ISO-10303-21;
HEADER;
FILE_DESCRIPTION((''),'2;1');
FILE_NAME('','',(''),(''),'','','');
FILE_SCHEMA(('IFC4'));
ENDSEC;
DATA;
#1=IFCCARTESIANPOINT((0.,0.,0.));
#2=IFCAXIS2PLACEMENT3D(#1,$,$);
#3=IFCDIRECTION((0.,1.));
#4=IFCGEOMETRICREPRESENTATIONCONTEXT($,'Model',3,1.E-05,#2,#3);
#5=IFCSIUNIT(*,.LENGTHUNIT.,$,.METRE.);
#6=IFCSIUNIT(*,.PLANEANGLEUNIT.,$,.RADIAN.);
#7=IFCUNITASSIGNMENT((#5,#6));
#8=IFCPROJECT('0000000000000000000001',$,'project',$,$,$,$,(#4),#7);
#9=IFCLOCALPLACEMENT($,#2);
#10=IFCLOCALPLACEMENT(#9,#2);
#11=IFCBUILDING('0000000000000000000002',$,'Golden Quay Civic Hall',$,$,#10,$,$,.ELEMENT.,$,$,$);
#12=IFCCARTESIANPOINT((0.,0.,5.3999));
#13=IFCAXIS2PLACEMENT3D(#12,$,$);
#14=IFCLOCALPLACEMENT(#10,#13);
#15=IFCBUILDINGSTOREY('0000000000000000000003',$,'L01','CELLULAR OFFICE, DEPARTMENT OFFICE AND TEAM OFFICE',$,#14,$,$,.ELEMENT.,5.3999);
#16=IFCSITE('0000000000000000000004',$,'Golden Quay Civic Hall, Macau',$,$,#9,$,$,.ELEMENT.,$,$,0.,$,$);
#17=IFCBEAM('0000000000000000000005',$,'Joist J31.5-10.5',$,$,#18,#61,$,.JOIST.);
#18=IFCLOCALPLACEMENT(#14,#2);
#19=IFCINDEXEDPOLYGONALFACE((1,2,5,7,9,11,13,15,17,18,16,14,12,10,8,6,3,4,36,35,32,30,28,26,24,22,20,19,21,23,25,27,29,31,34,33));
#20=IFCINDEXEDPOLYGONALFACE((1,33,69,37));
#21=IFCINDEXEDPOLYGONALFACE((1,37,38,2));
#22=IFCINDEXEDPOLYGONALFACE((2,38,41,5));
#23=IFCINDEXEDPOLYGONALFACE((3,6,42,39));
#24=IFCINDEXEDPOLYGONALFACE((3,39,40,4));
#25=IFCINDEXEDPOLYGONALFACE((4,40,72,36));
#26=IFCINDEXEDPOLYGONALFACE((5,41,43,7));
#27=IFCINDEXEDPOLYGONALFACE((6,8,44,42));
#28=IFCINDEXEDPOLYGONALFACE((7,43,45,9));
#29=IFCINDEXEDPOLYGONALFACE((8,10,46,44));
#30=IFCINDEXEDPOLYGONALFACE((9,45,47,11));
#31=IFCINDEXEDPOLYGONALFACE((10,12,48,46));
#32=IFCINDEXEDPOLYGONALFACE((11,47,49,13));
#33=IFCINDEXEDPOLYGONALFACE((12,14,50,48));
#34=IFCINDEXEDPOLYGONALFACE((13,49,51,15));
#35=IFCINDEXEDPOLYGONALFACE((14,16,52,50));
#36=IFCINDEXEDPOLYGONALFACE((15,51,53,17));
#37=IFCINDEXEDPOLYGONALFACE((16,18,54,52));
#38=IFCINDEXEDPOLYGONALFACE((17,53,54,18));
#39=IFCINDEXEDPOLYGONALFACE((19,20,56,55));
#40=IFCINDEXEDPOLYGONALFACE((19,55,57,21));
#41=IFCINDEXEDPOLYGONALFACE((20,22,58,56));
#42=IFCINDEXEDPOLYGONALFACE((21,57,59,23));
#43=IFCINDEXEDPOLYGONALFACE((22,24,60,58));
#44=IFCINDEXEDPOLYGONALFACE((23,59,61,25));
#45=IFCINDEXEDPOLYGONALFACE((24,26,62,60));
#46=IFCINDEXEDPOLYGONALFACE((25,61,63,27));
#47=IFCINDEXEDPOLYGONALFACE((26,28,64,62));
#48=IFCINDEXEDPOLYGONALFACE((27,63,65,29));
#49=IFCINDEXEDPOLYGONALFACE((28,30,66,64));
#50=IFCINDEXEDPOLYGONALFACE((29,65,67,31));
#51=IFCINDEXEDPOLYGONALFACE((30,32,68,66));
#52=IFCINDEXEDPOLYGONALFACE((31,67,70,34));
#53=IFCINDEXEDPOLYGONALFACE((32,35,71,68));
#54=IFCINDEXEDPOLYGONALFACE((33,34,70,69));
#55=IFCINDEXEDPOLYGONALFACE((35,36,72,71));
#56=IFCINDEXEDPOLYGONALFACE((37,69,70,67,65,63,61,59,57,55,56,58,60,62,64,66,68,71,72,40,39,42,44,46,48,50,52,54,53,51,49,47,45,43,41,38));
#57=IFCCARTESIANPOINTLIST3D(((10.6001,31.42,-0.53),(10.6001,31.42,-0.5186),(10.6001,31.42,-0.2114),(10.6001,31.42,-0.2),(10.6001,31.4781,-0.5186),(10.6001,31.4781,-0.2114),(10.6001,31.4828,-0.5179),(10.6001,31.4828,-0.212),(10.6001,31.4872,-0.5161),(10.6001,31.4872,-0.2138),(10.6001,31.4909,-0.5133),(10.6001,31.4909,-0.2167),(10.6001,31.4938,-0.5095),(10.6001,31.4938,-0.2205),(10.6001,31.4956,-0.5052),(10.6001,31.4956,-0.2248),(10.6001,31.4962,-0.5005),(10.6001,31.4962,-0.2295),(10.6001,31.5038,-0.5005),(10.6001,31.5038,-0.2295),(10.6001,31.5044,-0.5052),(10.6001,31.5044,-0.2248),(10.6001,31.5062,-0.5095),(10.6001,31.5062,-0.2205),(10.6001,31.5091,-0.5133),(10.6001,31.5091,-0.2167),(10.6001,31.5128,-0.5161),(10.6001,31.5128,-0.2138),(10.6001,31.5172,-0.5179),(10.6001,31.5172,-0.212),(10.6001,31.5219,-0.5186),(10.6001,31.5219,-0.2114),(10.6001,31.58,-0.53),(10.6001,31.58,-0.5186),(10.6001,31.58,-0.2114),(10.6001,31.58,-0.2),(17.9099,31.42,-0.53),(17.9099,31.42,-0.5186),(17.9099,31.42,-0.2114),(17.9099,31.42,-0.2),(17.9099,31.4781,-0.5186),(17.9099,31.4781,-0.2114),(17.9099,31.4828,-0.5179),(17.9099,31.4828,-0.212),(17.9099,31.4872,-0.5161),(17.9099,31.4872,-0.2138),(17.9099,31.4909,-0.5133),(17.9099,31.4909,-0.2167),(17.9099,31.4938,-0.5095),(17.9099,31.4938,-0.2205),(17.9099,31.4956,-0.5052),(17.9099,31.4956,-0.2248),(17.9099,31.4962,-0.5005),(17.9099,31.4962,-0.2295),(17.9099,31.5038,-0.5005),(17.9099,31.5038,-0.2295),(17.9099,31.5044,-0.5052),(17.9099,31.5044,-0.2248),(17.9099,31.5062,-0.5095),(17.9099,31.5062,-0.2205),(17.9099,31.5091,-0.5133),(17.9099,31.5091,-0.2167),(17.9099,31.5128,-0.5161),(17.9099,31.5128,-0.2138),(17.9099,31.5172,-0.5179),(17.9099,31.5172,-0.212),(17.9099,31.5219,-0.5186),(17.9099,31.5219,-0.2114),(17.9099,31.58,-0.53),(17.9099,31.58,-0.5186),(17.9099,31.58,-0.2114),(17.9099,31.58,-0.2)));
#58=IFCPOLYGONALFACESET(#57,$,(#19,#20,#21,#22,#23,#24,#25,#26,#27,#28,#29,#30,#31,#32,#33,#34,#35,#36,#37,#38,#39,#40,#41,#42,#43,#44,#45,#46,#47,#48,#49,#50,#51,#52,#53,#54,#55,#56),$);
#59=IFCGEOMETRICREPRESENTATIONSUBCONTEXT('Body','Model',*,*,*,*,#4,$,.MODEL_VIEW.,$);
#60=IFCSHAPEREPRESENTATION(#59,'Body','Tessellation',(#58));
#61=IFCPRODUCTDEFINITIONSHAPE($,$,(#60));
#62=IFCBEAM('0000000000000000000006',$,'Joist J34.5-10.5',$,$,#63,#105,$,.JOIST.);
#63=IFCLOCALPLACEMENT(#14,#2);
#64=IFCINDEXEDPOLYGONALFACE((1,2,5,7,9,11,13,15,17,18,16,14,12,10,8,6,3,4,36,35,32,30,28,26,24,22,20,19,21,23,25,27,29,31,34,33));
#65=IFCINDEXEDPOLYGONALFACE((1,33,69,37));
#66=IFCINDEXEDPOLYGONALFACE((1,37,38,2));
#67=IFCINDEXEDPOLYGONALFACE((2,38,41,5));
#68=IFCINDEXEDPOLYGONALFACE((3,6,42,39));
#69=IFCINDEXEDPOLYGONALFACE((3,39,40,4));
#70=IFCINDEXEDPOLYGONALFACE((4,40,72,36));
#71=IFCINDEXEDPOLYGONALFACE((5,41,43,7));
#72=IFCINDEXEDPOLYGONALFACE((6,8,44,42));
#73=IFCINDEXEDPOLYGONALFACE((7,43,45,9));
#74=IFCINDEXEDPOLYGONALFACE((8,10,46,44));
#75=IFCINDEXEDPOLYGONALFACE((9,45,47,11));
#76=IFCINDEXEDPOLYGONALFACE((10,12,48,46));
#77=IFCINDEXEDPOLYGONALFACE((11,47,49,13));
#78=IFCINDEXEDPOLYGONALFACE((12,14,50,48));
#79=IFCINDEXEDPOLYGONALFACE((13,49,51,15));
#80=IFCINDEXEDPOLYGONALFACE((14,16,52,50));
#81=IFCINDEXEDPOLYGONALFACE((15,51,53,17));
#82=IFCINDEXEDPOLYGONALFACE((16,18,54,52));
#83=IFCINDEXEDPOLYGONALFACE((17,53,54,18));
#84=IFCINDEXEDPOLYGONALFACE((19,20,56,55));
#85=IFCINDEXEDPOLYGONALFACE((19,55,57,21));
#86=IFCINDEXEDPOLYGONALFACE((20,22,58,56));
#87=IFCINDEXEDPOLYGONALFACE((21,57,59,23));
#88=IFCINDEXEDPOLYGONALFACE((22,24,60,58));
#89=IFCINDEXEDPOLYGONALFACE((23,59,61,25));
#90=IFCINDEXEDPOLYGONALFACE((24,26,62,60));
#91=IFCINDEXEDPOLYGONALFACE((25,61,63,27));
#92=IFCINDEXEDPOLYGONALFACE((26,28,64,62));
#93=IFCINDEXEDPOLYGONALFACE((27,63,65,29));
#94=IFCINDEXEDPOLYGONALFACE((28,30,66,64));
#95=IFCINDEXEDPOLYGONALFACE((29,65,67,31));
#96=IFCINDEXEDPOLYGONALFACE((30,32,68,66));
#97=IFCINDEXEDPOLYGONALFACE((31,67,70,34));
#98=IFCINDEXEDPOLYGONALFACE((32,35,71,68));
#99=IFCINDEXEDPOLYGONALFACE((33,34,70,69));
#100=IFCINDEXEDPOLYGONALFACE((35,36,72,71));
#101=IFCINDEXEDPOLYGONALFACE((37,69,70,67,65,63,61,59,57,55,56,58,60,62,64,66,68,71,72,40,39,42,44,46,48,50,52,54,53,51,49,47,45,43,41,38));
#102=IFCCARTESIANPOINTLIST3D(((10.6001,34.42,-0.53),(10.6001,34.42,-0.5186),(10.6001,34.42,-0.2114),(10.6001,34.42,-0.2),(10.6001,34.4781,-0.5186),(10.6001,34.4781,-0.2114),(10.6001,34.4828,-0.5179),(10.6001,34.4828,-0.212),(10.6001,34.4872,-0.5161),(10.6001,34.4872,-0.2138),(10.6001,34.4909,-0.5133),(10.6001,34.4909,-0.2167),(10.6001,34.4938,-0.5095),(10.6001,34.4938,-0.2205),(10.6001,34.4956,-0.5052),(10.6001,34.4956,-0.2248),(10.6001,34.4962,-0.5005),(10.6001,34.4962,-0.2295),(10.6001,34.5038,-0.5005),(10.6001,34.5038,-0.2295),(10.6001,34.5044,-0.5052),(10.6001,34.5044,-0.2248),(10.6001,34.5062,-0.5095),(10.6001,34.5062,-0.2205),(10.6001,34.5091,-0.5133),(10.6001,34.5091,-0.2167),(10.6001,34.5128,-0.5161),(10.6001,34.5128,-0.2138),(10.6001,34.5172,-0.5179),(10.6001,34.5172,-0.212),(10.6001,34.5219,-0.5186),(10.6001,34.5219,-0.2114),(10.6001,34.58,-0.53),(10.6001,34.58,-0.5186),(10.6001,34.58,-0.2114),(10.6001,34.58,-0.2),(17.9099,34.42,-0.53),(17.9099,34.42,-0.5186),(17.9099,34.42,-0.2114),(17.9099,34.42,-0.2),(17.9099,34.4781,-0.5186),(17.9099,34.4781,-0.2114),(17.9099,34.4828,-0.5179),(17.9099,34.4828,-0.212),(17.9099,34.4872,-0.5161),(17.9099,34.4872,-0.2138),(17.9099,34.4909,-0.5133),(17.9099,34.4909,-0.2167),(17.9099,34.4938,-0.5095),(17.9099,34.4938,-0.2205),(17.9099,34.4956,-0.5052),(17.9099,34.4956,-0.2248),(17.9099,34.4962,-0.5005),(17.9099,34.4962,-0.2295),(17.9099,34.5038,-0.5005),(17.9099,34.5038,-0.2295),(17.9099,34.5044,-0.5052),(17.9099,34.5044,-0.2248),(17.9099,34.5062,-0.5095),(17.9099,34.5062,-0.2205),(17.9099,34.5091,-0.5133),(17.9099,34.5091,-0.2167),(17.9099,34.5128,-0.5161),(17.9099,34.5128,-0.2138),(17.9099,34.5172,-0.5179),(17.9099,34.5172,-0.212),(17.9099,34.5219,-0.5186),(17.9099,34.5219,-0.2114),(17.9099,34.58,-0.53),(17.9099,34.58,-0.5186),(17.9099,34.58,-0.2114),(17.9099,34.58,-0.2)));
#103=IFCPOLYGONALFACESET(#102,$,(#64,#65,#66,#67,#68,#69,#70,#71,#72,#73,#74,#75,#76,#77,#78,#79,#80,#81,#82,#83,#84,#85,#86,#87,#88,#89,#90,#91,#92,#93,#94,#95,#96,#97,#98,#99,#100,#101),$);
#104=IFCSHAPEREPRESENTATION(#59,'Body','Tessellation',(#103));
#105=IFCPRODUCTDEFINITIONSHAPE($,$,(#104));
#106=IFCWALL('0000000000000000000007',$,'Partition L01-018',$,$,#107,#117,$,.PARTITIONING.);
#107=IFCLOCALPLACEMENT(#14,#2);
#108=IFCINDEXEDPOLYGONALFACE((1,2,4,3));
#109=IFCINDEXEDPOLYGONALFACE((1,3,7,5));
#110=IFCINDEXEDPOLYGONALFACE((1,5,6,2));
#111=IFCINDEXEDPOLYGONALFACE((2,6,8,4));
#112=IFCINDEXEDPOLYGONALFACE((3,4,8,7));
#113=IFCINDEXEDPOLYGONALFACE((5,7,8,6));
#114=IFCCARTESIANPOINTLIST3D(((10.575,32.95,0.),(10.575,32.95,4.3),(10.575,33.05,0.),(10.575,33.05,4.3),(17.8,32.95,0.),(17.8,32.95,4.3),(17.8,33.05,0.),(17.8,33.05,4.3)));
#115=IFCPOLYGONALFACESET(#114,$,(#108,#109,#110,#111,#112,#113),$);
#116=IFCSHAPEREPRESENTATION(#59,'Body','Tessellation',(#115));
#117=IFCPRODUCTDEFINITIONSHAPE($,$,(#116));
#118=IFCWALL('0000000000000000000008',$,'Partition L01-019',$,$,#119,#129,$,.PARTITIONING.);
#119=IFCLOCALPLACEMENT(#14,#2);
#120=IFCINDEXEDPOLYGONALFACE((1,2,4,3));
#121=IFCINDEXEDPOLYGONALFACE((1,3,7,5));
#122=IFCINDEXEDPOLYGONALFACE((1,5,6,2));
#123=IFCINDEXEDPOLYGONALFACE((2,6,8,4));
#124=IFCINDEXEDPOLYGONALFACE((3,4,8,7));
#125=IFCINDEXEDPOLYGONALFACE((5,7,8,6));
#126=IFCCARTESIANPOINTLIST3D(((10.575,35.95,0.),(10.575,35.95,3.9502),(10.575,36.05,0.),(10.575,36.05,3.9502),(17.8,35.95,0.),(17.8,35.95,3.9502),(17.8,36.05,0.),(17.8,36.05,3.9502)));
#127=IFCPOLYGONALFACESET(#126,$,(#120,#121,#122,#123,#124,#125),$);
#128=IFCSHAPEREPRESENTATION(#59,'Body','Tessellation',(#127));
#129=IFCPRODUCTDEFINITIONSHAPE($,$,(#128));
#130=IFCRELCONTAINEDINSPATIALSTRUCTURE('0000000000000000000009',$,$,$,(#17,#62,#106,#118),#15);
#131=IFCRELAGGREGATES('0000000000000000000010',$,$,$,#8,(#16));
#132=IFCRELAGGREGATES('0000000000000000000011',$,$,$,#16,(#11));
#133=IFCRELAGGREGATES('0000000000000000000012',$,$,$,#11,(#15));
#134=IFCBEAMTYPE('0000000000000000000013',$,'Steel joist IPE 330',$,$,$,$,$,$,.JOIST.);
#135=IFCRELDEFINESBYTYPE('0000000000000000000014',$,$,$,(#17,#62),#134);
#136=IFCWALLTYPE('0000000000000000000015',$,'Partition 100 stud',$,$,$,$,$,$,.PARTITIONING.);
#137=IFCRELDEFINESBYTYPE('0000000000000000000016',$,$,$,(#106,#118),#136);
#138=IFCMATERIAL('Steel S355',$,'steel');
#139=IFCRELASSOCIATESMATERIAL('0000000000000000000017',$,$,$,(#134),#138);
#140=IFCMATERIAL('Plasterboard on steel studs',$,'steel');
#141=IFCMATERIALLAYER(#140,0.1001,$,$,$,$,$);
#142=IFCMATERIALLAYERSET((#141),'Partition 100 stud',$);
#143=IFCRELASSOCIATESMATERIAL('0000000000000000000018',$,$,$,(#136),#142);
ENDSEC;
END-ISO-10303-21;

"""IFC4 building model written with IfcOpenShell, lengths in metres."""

from ifc_helpers import new_model, si_unit, direction, frame, frame_2d, origin, origin_2d, place, context, subcontext, project, spatial, rectangle, i_section, extrude, material, layer, layer_set, material_profile, profile_set, type_object, element, save


model = new_model("IFC4")

# Units and contexts
model_context = context("Model", 3, precision=1e-05, world=origin(), true_north=direction((0.0, 1.0)))
body_context = subcontext(model_context, "Body", "Model", "MODEL_VIEW")
ifc_project = project(units=[si_unit("LENGTHUNIT", "METRE"), si_unit("PLANEANGLEUNIT", "RADIAN")], contexts=[model_context])

# Site, building, storey
site_placement = place(None, origin())
site = spatial("IfcSite", under=ifc_project, at=site_placement, Name="Golden Quay Civic Hall, Macau", CompositionType="ELEMENT", RefElevation=0.0)
building_placement = place(site_placement, origin())
building = spatial("IfcBuilding", under=site, at=building_placement, Name="Golden Quay Civic Hall", CompositionType="ELEMENT")
storey_placement = place(building_placement, frame((0.0, 0.0, 5.3999)))
storey = spatial("IfcBuildingStorey", under=building, at=storey_placement, Name="L01", Description="CELLULAR OFFICE, DEPARTMENT OFFICE AND TEAM OFFICE", CompositionType="ELEMENT", Elevation=5.3999)

# Beams
ifc_material_1 = material(Name="Steel S355", Category="steel")
ifc_material_profile_1 = material_profile(ifc_material_1, i_section(OverallWidth=0.1599, OverallDepth=0.3301, WebThickness=0.0076, FlangeThickness=0.0115, FilletRadius=0.0181, at=origin_2d()), Name="IPE 330")
ifc_profile_set_1 = profile_set([ifc_material_profile_1], Name="Steel S355")
beam_type_1 = type_object("IfcBeamType", Name="Steel joist IPE 330", PredefinedType="JOIST", material=ifc_profile_set_1)
for number, where, z_axis, x_axis, name in (
    (1, (10.6001, 31.5, -0.365), (1.0, 0.0, 0.0), (0.0, 1.0, 0.0), "Joist J31.5-10.5"),
    (2, (10.6001, 34.5, -0.365), (1.0, 0.0, 0.0), (0.0, 1.0, 0.0), "Joist J34.5-10.5"),
):
    element("IfcBeam", number, at=place(storey_placement, frame(where, z_axis=z_axis, x_axis=x_axis)), inside=storey, type_object=beam_type_1, Name=name, PredefinedType="JOIST", context=body_context, shape_type="SweptSolid", body=[
        extrude(i_section(OverallWidth=0.1599, OverallDepth=0.3301, WebThickness=0.0076, FlangeThickness=0.0115, FilletRadius=0.0181, at=origin_2d()), origin(), (0.0, 0.0, 1.0), 7.3098),
    ])

# Walls
ifc_material_2 = material(Name="Plasterboard on steel studs", Category="steel")
ifc_layer_1 = layer(ifc_material_2, 0.1001)
ifc_layer_set_1 = layer_set([ifc_layer_1], Name="Partition 100 stud")
wall_type_1 = type_object("IfcWallType", Name="Partition 100 stud", PredefinedType="PARTITIONING", material=ifc_layer_set_1)
wall_1_placement = place(storey_placement, frame((10.575, 33.0, 0.0), z_axis=(0.0, 0.0, 1.0), x_axis=(1.0, 0.0, 0.0)))
element("IfcWall", 3, at=wall_1_placement, inside=storey, type_object=wall_type_1, Name="Partition L01-018", PredefinedType="PARTITIONING", context=body_context, shape_type="SweptSolid", body=[
    extrude(rectangle(XDim=7.2251, YDim=0.1001, at=frame_2d((3.6125, 0.0))), origin(), (0.0, 0.0, 1.0), 4.3),
])
wall_2_placement = place(storey_placement, frame((10.575, 36.0, 0.0), z_axis=(0.0, 0.0, 1.0), x_axis=(1.0, 0.0, 0.0)))
element("IfcWall", 4, at=wall_2_placement, inside=storey, type_object=wall_type_1, Name="Partition L01-019", PredefinedType="PARTITIONING", context=body_context, shape_type="SweptSolid", body=[
    extrude(rectangle(XDim=7.2251, YDim=0.1001, at=frame_2d((3.6125, 0.0))), origin(), (0.0, 0.0, 1.0), 3.9502),
])

save(model, "model.ifc")
